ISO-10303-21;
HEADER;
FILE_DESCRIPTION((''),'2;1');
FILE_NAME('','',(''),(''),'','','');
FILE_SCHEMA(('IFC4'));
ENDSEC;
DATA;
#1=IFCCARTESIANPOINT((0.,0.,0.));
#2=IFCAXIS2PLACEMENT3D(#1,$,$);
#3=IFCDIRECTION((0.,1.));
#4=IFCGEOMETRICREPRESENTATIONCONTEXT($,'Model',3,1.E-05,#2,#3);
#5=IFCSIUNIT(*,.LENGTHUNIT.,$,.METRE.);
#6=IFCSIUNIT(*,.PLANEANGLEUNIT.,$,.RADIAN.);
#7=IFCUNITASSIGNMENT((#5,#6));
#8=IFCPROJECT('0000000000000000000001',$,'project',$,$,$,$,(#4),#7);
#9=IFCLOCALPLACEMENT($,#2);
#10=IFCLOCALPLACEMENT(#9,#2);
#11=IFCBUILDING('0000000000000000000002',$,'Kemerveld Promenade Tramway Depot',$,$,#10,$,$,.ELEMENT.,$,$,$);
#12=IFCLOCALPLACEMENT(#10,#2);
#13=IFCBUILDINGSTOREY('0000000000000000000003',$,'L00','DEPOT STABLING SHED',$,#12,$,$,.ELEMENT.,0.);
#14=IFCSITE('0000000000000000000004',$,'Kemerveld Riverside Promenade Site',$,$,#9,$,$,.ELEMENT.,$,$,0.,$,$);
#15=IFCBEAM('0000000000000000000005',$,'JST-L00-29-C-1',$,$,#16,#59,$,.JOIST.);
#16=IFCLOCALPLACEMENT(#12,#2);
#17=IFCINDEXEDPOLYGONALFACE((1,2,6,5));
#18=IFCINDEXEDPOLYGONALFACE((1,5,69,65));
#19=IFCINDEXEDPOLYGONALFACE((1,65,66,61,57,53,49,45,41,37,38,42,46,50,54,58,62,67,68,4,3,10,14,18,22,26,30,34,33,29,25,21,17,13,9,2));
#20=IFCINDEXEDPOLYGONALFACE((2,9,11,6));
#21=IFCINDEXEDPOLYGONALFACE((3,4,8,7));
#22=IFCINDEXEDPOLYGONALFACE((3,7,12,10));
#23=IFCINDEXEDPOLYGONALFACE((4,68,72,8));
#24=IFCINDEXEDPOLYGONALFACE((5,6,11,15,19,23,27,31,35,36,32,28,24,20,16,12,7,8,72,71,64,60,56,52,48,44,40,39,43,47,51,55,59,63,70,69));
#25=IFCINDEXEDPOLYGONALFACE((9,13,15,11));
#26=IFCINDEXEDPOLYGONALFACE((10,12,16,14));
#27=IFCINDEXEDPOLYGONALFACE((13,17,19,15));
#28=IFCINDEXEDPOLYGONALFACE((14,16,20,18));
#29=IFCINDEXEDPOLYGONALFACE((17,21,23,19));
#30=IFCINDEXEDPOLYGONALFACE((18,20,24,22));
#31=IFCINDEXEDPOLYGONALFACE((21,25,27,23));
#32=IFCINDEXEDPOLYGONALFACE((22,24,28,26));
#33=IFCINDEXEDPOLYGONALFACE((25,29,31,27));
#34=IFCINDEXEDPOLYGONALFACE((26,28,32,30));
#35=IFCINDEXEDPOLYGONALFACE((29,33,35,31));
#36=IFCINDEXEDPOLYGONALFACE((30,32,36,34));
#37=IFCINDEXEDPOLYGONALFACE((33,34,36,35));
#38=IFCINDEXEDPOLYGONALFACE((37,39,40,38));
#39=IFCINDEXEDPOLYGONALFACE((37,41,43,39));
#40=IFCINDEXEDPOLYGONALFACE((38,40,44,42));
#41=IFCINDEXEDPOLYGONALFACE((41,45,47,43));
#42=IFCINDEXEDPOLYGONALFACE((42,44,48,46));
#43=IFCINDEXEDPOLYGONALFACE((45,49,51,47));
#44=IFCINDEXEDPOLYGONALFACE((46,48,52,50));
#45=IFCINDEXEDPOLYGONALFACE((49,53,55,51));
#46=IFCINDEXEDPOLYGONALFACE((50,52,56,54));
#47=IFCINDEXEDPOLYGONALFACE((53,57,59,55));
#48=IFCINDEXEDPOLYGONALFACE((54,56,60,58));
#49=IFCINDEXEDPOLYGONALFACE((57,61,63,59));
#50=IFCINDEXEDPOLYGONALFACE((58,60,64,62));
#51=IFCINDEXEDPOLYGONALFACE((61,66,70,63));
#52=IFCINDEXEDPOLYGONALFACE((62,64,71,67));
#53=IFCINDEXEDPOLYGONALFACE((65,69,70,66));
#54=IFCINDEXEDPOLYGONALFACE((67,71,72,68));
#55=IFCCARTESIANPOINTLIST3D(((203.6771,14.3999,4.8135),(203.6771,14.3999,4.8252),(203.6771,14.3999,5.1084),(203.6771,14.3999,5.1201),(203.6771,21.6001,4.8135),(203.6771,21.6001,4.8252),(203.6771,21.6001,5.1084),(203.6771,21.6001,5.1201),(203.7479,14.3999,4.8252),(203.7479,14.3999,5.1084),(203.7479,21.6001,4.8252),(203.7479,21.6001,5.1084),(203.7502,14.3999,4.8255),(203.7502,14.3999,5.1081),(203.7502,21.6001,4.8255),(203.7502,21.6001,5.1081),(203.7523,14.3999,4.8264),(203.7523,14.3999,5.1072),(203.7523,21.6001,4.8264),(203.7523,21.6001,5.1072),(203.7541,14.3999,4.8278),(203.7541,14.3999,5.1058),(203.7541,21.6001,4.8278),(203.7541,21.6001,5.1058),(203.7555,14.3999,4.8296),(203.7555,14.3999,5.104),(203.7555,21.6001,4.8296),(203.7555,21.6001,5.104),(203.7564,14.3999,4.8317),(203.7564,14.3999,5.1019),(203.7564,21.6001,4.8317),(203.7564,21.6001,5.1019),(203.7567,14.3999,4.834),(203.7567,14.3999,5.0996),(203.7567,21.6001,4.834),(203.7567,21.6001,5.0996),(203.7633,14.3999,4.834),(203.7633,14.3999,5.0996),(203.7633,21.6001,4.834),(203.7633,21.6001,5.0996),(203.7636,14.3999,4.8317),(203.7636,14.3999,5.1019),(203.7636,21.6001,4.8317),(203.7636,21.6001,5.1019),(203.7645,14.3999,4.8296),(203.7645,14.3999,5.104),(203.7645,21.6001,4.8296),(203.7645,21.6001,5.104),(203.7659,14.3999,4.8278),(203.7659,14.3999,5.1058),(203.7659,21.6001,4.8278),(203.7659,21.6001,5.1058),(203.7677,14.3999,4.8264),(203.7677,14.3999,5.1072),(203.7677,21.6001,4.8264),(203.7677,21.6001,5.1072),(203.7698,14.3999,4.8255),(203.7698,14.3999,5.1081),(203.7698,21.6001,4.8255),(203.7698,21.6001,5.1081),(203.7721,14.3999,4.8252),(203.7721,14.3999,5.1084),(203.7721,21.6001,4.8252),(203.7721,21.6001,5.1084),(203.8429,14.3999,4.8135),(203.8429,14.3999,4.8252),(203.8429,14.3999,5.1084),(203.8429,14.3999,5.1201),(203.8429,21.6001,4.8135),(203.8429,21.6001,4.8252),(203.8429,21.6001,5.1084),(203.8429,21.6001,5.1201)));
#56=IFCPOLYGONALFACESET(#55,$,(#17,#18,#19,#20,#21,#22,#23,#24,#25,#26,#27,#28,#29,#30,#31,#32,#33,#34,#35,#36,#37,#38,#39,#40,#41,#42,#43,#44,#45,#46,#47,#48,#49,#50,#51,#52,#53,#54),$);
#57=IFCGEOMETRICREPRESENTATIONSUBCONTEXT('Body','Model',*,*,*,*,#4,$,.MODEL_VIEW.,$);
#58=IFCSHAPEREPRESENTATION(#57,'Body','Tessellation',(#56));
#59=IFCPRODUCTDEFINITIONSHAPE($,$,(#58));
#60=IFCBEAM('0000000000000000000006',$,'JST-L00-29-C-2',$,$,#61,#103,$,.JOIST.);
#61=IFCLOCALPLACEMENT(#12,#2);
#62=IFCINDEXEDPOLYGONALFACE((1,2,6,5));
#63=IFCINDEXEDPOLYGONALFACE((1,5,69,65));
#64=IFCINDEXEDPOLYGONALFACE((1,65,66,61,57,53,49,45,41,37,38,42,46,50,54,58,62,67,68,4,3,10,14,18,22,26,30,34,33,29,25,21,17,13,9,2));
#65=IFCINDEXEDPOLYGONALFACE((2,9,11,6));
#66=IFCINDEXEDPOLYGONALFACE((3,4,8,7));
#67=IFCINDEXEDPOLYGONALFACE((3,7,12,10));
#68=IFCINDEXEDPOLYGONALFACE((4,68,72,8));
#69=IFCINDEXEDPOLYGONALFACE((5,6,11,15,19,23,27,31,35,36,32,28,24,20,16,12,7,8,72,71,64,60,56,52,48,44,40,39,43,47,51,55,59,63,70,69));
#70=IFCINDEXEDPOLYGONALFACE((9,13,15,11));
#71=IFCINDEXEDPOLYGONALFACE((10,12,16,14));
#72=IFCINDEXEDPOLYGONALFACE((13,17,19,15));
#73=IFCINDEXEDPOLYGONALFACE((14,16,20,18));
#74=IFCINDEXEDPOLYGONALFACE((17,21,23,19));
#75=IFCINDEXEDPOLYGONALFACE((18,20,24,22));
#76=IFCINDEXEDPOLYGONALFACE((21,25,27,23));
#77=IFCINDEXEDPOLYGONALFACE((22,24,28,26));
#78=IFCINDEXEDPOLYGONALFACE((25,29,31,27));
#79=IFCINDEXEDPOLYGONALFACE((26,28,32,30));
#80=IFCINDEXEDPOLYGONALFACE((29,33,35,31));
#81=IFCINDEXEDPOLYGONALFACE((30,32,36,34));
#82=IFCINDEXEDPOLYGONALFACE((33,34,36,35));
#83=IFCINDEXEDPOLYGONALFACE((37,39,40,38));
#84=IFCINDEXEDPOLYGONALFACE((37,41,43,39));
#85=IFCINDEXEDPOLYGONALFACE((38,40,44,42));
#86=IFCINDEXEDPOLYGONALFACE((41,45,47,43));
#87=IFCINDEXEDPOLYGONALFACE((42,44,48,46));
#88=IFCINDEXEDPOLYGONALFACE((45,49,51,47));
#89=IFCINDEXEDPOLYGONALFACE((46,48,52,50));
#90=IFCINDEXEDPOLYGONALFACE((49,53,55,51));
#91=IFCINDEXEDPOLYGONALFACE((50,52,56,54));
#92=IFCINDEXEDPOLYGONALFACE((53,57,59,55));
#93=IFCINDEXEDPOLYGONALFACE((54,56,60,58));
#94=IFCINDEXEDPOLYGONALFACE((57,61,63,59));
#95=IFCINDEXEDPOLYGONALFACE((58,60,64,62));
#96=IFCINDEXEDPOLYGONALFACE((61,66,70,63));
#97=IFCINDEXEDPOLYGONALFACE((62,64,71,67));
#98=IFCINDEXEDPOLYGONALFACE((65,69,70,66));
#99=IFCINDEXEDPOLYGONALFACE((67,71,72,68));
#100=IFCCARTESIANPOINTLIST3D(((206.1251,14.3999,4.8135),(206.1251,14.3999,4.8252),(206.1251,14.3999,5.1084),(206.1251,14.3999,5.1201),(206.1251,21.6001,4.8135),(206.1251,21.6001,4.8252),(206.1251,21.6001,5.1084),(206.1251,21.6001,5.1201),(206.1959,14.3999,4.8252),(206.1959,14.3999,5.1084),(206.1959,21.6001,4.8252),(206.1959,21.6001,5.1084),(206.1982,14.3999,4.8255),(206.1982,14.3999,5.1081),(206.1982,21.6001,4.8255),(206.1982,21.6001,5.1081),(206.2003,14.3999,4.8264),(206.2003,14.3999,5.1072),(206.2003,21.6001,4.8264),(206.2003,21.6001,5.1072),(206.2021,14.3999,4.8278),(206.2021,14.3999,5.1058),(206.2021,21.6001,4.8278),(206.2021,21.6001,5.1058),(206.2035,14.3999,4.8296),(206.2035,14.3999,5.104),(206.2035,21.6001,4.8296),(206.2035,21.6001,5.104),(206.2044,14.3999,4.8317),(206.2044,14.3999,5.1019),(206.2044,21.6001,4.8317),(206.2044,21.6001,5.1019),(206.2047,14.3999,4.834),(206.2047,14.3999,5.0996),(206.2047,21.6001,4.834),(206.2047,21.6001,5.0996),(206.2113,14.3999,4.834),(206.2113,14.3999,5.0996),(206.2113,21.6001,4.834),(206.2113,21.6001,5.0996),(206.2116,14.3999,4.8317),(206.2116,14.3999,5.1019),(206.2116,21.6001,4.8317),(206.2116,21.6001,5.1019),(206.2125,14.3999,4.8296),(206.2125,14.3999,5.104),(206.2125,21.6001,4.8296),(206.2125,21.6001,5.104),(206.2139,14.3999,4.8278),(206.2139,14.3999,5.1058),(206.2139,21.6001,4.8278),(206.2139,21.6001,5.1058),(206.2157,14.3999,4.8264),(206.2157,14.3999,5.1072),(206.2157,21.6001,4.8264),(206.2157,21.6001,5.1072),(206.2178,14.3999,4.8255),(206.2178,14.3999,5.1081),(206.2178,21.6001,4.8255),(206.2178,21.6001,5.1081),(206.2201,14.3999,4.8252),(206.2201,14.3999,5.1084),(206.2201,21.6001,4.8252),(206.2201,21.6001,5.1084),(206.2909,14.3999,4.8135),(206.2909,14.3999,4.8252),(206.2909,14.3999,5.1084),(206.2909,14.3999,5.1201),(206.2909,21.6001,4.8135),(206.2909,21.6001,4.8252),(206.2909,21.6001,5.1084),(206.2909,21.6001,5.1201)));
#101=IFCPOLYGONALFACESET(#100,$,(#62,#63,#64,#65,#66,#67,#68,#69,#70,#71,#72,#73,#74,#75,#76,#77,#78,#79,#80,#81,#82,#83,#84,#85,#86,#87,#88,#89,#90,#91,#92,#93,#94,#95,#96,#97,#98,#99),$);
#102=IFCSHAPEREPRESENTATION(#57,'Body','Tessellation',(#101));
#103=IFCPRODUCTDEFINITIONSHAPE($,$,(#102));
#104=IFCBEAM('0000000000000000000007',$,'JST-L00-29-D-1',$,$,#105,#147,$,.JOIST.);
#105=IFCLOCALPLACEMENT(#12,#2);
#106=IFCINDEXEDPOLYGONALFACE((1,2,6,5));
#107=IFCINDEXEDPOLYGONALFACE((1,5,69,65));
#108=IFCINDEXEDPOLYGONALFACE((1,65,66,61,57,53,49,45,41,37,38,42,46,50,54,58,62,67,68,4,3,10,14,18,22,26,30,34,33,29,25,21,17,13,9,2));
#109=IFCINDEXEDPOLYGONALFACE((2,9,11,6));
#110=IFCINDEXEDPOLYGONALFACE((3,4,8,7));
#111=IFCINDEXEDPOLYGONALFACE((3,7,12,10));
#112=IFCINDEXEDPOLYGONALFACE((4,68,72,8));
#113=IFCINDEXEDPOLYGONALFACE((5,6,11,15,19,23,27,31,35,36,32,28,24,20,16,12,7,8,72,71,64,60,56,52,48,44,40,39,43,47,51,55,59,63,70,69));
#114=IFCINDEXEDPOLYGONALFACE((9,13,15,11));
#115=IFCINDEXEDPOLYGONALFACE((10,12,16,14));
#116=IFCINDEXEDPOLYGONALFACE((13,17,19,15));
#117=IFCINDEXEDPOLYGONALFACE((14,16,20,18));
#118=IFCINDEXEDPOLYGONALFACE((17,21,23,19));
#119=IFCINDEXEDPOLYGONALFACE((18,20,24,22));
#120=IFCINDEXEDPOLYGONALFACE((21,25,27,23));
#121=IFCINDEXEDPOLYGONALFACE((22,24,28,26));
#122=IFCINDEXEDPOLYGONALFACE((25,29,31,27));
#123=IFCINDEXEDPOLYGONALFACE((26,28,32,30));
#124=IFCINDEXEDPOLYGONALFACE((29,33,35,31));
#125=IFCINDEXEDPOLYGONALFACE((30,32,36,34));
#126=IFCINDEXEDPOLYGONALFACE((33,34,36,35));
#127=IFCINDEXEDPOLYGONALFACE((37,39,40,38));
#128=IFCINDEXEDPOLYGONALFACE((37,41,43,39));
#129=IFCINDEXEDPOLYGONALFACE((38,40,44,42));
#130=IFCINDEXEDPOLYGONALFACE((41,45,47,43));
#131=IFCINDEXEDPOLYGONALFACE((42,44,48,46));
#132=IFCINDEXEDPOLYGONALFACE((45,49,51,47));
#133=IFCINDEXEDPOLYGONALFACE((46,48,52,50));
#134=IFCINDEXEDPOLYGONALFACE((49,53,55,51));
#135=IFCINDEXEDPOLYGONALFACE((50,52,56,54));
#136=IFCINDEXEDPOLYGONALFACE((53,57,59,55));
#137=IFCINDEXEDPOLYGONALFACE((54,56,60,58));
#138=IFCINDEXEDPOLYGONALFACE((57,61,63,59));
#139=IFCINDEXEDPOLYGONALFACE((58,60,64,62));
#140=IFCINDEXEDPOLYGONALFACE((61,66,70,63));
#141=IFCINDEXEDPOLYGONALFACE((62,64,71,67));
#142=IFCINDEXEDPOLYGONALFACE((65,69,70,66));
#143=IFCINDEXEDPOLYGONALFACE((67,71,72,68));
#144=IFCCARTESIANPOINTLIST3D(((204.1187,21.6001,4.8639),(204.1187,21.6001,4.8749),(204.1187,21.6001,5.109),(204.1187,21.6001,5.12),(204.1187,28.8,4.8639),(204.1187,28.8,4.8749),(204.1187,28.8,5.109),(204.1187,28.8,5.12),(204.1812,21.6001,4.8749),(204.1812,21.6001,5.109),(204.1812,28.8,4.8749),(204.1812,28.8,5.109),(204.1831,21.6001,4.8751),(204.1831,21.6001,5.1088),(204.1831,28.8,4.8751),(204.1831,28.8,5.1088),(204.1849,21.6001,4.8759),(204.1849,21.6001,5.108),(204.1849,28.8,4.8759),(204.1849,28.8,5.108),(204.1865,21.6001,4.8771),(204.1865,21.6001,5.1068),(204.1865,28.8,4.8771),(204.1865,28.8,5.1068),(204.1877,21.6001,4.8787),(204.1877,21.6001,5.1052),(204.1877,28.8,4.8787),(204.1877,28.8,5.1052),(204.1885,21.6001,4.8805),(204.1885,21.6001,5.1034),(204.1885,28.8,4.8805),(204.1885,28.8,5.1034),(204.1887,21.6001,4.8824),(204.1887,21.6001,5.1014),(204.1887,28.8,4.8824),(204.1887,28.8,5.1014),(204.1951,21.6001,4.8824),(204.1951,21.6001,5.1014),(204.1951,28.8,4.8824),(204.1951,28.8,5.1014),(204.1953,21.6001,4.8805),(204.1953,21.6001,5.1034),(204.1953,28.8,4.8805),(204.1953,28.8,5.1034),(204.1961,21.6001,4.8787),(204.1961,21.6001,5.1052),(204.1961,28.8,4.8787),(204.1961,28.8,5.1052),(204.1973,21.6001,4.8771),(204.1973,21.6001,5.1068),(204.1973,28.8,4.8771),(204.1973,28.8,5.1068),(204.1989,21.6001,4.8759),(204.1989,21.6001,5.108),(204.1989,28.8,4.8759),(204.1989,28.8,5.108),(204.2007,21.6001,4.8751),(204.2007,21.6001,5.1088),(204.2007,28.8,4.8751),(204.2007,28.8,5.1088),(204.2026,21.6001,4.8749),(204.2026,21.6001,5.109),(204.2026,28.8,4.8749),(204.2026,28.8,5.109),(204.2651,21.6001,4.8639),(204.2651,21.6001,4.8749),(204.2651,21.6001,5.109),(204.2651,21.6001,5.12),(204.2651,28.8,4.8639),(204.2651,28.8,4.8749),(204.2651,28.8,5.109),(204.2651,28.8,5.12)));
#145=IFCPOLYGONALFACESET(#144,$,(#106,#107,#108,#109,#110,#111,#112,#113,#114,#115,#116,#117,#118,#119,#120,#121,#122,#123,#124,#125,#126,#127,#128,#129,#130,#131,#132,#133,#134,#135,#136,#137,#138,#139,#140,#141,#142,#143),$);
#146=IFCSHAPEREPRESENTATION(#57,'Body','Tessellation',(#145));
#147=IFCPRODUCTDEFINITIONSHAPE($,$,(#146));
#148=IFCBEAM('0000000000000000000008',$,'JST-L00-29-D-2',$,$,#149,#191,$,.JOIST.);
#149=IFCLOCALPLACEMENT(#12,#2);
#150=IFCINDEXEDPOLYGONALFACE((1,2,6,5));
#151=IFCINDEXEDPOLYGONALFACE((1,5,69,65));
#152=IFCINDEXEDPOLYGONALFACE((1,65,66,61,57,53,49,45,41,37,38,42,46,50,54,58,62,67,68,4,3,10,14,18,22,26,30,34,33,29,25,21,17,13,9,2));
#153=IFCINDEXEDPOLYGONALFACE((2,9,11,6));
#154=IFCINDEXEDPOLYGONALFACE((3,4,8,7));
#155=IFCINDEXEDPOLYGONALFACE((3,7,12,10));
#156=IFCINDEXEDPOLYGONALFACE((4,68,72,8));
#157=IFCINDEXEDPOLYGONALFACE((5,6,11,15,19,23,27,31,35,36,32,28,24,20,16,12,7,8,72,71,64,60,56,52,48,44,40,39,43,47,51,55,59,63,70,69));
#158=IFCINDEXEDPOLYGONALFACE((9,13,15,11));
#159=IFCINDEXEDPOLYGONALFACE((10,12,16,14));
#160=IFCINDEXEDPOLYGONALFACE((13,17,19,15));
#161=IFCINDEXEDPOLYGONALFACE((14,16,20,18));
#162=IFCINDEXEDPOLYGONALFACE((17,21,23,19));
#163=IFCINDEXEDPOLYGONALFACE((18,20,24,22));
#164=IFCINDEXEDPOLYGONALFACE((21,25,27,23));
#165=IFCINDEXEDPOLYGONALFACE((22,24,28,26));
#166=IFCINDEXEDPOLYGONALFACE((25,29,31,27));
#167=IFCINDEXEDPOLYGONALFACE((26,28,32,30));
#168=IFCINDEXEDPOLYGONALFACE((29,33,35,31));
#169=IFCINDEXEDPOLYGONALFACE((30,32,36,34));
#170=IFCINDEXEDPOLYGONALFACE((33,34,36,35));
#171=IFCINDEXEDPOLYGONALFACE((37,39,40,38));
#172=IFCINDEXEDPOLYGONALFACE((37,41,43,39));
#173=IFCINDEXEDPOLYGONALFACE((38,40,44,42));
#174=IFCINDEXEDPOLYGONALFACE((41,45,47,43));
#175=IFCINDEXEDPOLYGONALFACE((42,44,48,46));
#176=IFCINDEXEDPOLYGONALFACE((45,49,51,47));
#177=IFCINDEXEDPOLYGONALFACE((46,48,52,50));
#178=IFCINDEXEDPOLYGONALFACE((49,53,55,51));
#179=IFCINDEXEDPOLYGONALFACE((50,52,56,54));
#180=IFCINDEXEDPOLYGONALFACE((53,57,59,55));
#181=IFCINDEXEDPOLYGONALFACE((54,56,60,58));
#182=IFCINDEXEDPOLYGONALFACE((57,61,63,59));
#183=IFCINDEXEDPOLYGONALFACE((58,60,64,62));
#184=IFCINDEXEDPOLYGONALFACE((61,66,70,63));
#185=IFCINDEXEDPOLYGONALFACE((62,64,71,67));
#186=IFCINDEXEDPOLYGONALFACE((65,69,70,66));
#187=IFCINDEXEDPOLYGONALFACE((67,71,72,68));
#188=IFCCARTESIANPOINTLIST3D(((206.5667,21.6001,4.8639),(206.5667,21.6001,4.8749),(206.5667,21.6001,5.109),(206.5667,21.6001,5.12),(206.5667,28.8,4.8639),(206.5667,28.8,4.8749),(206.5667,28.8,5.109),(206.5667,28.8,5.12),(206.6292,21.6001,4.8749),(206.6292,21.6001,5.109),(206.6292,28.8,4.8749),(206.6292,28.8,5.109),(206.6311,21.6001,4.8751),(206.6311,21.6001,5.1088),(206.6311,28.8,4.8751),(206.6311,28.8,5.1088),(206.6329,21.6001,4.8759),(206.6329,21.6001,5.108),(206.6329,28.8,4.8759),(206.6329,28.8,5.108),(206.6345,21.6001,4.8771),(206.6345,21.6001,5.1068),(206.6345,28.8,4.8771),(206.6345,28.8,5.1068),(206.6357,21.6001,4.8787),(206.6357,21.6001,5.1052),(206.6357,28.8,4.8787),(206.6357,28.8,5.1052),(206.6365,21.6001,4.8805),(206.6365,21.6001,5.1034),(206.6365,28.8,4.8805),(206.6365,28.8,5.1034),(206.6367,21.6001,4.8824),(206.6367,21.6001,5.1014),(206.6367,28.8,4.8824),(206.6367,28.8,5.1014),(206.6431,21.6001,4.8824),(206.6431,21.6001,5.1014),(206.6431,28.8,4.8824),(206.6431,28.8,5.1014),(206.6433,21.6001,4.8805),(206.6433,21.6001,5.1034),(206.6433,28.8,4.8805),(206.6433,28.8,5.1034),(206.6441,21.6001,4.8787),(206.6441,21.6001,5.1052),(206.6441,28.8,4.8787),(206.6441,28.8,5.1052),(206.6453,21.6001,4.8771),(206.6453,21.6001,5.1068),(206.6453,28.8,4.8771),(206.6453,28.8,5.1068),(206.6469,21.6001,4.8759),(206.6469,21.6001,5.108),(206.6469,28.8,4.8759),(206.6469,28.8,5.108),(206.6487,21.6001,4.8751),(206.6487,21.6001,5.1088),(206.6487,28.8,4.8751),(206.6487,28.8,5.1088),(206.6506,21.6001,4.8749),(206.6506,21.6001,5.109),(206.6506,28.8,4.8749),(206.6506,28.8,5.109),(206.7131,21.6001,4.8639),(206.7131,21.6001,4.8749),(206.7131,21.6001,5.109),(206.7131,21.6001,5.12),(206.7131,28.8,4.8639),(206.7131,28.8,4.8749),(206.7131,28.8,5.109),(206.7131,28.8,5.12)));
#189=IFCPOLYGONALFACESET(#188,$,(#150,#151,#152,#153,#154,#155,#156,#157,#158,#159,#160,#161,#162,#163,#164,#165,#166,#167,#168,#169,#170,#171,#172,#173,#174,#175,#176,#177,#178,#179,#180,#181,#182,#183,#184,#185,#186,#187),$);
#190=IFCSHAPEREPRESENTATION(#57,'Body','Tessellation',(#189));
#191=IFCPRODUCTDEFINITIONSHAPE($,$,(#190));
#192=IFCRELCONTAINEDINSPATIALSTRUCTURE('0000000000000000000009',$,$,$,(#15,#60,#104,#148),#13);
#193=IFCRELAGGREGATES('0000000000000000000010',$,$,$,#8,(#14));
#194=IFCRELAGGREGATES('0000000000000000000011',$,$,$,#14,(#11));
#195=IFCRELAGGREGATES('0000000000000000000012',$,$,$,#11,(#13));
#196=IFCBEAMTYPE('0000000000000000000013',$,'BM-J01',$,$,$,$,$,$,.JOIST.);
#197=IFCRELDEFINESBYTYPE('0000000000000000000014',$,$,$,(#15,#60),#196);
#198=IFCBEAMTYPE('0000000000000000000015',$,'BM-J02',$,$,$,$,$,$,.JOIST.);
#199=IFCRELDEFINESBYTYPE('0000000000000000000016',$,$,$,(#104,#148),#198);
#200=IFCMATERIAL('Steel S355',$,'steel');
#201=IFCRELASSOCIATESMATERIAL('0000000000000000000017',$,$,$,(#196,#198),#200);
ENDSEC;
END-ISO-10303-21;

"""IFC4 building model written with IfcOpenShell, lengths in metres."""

from ifc_helpers import new_model, si_unit, direction, frame, origin, origin_2d, place, context, subcontext, project, spatial, i_section, extrude, material, material_profile, profile_set, type_object, element, save


model = new_model("IFC4")

# Units and contexts
model_context = context("Model", 3, precision=1e-05, world=origin(), true_north=direction((0.0, 1.0)))
body_context = subcontext(model_context, "Body", "Model", "MODEL_VIEW")
ifc_project = project(units=[si_unit("LENGTHUNIT", "METRE"), si_unit("PLANEANGLEUNIT", "RADIAN")], contexts=[model_context])

# Site, building, storey
site_placement = place(None, origin())
site = spatial("IfcSite", under=ifc_project, at=site_placement, Name="Kemerveld Riverside Promenade Site", CompositionType="ELEMENT", RefElevation=0.0)
building_placement = place(site_placement, origin())
building = spatial("IfcBuilding", under=site, at=building_placement, Name="Kemerveld Promenade Tramway Depot", CompositionType="ELEMENT")
storey_placement = place(building_placement, origin())
storey = spatial("IfcBuildingStorey", under=building, at=storey_placement, Name="L00", Description="DEPOT STABLING SHED", CompositionType="ELEMENT", Elevation=0.0)

# Shared definitions
ifc_material_1 = material(Name="Steel S355", Category="steel")

# Beams
ifc_material_profile_1 = material_profile(ifc_material_1, i_section(OverallWidth=0.1658, OverallDepth=0.3066, WebThickness=0.0066, FlangeThickness=0.0117, FilletRadius=0.0088, at=origin_2d()), Name="305x165x46 UB")
ifc_profile_set_1 = profile_set([ifc_material_profile_1], Name="Steel S355")
beam_type_1 = type_object("IfcBeamType", Name="BM-J01", PredefinedType="JOIST", material=ifc_profile_set_1)
for number, where, z_axis, x_axis, name in (
    (1, (203.76, 14.3999, 4.9668), (0.0, 1.0, 0.0), (-1.0, 0.0, 0.0), "JST-L00-29-C-1"),
    (2, (206.208, 14.3999, 4.9668), (0.0, 1.0, 0.0), (-1.0, 0.0, 0.0), "JST-L00-29-C-2"),
):
    element("IfcBeam", number, at=place(storey_placement, frame(where, z_axis=z_axis, x_axis=x_axis)), inside=storey, type_object=beam_type_1, Name=name, PredefinedType="JOIST", context=body_context, shape_type="SweptSolid", body=[
        extrude(i_section(OverallWidth=0.1658, OverallDepth=0.3066, WebThickness=0.0066, FlangeThickness=0.0117, FilletRadius=0.0088, at=origin_2d()), origin(), (0.0, 0.0, 1.0), 7.2002),
    ])
ifc_material_profile_2 = material_profile(ifc_material_1, i_section(OverallWidth=0.1465, OverallDepth=0.2561, WebThickness=0.0063, FlangeThickness=0.011, FilletRadius=0.0076, at=origin_2d()), Name="254x146x37 UB")
ifc_profile_set_2 = profile_set([ifc_material_profile_2], Name="Steel S355")
beam_type_2 = type_object("IfcBeamType", Name="BM-J02", PredefinedType="JOIST", material=ifc_profile_set_2)
for number, where, z_axis, x_axis, name in (
    (3, (204.1919, 21.6001, 4.9919), (0.0, 1.0, 0.0), (-1.0, 0.0, 0.0), "JST-L00-29-D-1"),
    (4, (206.6399, 21.6001, 4.9919), (0.0, 1.0, 0.0), (-1.0, 0.0, 0.0), "JST-L00-29-D-2"),
):
    element("IfcBeam", number, at=place(storey_placement, frame(where, z_axis=z_axis, x_axis=x_axis)), inside=storey, type_object=beam_type_2, Name=name, PredefinedType="JOIST", context=body_context, shape_type="SweptSolid", body=[
        extrude(i_section(OverallWidth=0.1465, OverallDepth=0.2561, WebThickness=0.0063, FlangeThickness=0.011, FilletRadius=0.0076, at=origin_2d()), origin(), (0.0, 0.0, 1.0), 7.2),
    ])

save(model, "model.ifc")
